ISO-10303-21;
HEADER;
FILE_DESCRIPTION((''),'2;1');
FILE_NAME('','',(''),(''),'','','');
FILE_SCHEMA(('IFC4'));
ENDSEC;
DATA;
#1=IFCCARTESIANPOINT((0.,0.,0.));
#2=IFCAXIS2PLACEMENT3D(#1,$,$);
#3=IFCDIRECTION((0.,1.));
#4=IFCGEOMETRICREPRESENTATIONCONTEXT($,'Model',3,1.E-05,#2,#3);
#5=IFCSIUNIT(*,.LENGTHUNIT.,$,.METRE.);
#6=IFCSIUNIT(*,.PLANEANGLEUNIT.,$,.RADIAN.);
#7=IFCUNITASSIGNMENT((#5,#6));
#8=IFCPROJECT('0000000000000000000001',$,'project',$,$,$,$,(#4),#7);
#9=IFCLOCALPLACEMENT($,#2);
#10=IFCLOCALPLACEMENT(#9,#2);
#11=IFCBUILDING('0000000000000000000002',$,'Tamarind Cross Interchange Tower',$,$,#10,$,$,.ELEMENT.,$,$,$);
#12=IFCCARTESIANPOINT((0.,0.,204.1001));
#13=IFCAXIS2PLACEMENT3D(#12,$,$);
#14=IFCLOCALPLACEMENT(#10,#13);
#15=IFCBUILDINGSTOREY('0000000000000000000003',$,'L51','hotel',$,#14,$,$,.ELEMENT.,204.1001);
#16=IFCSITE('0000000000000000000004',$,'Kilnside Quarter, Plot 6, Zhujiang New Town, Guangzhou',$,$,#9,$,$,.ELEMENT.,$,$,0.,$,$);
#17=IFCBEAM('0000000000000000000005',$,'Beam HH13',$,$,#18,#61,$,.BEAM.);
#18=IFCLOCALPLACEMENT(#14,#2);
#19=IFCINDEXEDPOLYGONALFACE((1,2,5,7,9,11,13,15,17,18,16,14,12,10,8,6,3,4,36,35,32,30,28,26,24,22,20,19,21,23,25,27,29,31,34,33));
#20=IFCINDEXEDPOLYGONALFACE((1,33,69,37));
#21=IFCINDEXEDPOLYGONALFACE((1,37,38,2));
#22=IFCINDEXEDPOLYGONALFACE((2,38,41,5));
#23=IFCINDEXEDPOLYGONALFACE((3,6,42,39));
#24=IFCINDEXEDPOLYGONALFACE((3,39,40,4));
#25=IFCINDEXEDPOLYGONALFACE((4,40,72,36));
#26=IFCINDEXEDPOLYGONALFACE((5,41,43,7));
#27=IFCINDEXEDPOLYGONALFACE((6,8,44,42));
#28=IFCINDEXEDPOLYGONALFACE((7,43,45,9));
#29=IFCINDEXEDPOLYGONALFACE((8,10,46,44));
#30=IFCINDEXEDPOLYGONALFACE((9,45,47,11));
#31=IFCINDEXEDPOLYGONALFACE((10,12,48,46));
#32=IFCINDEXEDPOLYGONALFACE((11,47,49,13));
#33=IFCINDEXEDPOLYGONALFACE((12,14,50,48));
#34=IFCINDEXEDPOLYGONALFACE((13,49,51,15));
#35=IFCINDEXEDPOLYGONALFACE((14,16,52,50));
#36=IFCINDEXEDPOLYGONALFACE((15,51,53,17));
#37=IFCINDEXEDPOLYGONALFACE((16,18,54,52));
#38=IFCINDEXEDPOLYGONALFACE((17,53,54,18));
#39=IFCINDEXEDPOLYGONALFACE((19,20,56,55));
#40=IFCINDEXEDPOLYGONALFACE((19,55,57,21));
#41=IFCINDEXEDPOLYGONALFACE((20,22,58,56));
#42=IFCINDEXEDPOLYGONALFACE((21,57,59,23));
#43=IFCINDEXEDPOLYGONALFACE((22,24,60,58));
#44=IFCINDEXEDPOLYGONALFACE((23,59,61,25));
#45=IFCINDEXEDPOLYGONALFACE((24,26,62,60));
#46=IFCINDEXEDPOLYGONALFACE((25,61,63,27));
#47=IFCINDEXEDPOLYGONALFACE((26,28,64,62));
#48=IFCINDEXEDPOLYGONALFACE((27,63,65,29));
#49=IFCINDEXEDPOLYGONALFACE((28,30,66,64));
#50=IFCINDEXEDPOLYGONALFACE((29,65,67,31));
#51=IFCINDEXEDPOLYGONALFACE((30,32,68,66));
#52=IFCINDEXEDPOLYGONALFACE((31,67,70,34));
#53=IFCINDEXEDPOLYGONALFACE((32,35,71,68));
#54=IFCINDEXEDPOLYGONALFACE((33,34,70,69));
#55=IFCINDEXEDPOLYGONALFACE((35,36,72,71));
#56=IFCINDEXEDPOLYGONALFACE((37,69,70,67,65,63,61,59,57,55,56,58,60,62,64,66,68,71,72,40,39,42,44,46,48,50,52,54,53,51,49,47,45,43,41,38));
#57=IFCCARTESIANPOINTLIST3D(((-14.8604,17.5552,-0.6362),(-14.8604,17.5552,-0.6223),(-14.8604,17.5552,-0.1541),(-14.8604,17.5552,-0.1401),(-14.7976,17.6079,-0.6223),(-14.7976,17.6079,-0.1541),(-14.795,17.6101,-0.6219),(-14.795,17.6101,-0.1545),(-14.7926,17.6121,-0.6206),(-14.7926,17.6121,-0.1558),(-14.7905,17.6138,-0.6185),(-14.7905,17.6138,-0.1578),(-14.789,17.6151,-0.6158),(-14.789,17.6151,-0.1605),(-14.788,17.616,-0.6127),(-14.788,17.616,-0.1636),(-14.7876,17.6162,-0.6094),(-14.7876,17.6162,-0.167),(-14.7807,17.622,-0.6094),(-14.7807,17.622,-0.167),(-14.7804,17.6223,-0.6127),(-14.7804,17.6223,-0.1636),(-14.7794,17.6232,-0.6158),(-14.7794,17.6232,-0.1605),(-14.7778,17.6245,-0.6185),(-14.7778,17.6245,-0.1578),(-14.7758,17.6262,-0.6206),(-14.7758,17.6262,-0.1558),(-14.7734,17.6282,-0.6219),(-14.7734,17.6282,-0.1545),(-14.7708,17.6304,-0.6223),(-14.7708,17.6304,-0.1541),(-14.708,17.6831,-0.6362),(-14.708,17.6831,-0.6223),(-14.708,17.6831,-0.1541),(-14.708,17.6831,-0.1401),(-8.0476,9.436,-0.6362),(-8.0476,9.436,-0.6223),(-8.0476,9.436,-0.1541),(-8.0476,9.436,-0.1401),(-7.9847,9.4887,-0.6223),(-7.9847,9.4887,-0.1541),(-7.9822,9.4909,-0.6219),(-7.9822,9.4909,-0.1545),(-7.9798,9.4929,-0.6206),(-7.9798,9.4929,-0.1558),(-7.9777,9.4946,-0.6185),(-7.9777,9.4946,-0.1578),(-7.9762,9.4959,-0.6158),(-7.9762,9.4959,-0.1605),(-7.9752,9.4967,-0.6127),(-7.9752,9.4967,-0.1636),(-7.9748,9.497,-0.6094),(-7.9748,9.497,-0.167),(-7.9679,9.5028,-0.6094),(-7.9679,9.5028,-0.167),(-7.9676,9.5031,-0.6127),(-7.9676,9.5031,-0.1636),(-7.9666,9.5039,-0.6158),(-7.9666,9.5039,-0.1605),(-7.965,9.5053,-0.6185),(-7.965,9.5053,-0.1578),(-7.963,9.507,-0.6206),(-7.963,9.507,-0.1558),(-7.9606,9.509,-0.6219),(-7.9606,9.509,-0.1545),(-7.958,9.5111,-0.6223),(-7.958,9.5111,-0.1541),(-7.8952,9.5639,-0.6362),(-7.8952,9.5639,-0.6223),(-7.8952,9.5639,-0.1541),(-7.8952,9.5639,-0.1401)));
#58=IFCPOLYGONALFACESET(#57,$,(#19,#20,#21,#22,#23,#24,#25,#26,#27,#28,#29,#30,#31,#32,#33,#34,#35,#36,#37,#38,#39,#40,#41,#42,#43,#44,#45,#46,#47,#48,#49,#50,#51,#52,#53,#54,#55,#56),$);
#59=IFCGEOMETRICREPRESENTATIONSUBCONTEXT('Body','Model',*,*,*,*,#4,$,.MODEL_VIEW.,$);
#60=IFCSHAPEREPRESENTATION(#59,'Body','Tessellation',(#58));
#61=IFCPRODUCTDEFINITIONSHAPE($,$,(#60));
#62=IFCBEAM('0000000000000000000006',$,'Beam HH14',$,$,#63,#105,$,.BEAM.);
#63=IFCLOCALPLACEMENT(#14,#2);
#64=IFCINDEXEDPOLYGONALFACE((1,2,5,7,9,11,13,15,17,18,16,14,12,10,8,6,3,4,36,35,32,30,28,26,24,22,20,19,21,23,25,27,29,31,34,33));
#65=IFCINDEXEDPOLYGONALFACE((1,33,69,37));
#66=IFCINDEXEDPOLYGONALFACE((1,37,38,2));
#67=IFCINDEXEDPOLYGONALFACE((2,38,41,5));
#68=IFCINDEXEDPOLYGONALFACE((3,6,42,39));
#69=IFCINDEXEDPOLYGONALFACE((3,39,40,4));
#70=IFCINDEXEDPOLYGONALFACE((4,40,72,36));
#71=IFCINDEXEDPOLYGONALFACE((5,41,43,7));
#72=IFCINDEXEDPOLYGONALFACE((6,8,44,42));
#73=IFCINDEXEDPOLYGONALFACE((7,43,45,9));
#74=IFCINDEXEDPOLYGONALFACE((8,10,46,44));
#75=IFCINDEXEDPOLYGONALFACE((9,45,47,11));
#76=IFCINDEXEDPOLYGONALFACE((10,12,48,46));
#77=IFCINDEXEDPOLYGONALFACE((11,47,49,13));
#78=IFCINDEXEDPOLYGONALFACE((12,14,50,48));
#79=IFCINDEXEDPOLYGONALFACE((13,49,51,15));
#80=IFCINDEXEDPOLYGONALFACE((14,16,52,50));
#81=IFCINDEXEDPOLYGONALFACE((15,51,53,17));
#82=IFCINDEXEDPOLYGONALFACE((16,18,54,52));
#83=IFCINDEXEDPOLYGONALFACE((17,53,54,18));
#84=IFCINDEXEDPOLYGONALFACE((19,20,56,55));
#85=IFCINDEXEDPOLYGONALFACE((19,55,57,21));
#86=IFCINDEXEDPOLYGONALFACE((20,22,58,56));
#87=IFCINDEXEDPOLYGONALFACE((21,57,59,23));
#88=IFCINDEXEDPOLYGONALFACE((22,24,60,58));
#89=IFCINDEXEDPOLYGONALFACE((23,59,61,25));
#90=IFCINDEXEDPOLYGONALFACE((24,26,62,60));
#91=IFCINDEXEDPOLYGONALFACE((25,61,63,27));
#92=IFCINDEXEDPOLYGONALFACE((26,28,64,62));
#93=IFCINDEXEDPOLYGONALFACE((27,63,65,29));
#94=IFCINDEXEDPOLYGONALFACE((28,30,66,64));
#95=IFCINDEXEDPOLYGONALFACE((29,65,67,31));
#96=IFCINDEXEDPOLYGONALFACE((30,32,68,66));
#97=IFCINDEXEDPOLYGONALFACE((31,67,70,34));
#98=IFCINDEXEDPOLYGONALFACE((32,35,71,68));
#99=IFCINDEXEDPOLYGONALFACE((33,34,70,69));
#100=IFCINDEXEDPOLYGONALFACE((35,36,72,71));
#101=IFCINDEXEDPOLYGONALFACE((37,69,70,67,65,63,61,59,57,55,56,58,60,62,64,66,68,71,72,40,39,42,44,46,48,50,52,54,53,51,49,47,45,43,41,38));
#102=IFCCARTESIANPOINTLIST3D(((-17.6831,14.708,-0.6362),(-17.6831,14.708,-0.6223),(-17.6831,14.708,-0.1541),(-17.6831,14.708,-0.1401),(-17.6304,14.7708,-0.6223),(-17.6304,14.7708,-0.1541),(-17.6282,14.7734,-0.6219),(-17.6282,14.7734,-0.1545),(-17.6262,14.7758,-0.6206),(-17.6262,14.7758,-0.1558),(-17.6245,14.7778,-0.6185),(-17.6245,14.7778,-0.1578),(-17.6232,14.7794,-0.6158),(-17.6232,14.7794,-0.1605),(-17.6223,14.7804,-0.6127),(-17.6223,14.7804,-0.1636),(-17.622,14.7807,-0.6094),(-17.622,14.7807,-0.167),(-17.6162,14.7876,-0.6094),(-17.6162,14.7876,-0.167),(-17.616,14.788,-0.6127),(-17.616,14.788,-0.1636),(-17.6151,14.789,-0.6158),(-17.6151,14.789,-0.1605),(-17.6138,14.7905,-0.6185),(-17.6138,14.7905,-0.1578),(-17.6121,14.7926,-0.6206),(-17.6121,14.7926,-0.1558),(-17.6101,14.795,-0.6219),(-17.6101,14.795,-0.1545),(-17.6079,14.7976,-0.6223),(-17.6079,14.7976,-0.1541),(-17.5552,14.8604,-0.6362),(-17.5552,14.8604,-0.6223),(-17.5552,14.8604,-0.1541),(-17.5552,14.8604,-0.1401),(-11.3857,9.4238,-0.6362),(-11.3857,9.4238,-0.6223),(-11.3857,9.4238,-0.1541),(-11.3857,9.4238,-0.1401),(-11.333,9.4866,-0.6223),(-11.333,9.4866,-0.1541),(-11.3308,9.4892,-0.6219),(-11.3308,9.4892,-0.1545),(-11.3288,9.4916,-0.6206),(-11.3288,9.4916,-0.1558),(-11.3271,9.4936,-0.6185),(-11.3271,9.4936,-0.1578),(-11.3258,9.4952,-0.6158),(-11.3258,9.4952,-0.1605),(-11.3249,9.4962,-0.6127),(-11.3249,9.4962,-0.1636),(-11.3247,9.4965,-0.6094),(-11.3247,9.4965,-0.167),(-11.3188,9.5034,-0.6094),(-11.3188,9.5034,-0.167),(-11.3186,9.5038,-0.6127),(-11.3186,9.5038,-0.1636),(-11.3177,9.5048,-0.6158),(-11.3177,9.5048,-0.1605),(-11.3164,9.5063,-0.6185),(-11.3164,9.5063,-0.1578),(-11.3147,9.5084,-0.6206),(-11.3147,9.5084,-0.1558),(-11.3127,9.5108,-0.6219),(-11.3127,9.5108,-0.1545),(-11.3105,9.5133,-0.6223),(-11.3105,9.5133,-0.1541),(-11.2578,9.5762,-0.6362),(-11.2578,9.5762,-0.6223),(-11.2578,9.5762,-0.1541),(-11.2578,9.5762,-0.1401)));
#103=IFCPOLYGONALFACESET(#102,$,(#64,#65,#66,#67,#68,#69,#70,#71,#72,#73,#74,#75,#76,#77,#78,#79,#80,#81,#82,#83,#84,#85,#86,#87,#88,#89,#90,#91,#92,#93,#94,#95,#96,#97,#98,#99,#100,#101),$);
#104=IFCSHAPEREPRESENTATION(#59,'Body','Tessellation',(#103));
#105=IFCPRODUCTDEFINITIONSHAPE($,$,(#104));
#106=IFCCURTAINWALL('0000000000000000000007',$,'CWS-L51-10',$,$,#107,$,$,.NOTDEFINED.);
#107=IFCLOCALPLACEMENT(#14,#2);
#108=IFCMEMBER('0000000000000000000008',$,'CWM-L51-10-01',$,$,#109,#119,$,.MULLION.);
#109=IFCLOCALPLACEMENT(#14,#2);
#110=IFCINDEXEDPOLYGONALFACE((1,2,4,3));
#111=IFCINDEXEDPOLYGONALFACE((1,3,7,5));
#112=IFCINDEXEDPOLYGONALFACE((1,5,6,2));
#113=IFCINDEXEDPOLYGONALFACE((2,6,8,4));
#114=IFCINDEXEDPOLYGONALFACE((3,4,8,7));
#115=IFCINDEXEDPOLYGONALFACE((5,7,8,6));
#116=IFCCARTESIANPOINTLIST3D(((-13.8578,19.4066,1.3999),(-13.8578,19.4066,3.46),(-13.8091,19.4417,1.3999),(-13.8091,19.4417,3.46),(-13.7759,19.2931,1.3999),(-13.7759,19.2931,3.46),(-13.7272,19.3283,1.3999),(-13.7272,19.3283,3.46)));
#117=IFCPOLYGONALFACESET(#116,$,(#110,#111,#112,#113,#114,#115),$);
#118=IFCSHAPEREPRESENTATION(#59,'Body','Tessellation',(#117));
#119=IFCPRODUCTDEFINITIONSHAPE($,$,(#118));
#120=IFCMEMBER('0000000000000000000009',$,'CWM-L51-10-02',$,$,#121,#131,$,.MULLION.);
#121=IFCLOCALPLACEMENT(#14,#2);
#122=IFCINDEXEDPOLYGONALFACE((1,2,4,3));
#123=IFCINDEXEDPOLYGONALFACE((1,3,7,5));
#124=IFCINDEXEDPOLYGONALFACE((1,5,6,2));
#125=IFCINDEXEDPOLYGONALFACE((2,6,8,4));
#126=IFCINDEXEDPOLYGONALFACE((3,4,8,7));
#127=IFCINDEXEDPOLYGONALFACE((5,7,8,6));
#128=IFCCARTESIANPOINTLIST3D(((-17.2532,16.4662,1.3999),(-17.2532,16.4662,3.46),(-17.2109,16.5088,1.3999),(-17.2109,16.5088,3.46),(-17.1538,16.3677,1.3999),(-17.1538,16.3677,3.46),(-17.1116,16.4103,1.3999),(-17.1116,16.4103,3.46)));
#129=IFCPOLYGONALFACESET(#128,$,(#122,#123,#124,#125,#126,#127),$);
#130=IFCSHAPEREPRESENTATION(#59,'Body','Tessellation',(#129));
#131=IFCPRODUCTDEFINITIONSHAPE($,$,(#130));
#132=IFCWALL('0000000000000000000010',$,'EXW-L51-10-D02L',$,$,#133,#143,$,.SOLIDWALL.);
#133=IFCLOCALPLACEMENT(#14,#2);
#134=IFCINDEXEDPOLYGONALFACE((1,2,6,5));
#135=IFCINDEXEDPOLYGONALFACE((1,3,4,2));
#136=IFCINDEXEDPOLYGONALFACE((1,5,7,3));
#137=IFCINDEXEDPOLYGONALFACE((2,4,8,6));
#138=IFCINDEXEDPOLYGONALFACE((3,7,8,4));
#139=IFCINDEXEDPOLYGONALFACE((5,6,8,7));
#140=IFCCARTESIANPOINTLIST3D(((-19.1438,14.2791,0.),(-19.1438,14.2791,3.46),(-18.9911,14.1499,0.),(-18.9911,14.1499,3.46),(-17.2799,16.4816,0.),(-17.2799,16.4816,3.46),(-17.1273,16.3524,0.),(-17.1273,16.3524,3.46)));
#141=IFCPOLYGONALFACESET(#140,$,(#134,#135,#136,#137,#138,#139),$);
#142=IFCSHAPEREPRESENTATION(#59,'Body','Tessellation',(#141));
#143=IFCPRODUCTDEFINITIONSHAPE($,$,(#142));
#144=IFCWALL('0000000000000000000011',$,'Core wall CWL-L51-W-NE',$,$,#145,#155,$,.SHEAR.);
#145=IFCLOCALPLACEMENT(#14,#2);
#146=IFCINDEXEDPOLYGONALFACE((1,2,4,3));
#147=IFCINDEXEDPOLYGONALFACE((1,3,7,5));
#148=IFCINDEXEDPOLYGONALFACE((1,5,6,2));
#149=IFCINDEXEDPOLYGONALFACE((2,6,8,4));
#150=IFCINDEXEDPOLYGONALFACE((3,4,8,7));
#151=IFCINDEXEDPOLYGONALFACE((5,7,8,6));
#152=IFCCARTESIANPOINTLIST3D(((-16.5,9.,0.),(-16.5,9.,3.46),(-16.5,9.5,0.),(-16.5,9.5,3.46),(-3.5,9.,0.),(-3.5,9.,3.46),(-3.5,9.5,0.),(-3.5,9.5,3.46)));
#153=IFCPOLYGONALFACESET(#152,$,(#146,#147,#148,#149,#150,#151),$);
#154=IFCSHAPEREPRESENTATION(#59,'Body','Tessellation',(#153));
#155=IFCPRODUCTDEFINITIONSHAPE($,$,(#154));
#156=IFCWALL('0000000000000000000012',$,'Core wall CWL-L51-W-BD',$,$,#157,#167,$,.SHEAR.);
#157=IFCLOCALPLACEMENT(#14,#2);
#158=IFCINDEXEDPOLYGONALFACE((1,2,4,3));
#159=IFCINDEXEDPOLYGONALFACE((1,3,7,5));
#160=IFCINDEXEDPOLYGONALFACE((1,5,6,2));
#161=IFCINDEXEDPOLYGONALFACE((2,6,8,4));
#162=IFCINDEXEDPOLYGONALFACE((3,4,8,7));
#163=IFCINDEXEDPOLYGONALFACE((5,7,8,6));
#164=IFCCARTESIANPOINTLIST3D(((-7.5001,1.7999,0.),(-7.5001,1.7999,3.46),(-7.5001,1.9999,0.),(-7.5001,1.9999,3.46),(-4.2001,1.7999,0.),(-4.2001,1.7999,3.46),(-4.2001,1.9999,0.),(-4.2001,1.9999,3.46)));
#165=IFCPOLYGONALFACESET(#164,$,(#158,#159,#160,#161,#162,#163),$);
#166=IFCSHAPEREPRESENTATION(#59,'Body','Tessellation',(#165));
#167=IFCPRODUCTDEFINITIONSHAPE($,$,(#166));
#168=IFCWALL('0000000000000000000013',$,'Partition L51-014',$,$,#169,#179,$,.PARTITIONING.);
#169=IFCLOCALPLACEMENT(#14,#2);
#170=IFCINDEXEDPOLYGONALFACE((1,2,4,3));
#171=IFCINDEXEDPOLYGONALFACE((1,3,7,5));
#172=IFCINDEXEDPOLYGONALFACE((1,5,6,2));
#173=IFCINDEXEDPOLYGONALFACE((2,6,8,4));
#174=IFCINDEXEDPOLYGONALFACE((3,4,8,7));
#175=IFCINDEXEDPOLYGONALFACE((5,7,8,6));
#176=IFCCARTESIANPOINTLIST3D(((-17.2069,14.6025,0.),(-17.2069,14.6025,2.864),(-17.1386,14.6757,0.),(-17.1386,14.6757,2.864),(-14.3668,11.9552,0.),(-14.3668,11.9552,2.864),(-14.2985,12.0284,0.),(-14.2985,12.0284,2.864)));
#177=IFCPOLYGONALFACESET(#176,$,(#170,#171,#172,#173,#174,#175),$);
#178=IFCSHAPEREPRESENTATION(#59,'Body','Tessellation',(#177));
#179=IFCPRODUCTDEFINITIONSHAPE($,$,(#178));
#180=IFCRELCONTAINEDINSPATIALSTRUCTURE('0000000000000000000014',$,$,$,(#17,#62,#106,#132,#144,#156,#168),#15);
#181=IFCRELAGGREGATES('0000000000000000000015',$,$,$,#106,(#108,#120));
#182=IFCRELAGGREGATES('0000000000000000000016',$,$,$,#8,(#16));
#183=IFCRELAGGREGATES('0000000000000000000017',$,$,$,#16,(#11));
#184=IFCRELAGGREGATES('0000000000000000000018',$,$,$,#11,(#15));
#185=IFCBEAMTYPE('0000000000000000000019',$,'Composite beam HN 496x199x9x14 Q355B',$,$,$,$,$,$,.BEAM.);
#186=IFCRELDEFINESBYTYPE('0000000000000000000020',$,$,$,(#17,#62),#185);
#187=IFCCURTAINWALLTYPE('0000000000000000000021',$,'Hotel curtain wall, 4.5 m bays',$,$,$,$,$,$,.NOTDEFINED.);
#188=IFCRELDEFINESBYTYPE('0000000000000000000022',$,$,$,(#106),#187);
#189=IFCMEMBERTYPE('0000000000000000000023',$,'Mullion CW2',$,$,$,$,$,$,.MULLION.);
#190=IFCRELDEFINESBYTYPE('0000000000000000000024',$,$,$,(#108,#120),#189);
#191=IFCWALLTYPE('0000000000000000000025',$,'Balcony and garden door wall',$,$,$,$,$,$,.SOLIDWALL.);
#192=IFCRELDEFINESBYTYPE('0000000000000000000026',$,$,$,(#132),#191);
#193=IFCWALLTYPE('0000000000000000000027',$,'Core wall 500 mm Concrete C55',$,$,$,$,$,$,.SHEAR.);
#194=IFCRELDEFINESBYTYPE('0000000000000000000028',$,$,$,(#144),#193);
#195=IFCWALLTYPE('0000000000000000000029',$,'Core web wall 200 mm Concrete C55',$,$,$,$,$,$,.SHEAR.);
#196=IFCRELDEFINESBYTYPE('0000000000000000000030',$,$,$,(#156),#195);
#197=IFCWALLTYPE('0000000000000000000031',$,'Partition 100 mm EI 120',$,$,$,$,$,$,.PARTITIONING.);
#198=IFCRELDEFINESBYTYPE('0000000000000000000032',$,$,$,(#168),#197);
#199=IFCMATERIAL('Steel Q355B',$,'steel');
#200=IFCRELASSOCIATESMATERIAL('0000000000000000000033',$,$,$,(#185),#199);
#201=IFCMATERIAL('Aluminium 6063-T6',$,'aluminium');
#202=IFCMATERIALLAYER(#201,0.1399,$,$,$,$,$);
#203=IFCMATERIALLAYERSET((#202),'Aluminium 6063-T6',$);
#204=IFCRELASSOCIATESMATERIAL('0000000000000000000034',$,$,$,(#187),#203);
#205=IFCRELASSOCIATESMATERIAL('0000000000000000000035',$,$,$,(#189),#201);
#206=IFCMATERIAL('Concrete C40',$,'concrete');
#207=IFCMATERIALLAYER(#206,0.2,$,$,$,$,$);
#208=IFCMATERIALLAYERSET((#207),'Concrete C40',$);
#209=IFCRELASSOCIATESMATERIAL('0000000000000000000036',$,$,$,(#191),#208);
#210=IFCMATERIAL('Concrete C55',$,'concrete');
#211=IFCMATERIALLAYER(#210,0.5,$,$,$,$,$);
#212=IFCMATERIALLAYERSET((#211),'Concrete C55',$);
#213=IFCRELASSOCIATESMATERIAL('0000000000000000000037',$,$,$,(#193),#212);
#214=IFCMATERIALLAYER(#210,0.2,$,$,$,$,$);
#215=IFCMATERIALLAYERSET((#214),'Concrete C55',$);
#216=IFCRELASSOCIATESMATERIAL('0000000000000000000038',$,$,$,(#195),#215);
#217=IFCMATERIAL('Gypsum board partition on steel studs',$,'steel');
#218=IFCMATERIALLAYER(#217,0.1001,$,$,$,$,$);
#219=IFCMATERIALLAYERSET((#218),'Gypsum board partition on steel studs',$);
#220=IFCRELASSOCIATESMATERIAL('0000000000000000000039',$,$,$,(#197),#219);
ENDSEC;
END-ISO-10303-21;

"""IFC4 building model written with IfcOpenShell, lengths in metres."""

from ifc_helpers import new_model, si_unit, direction, frame, frame_2d, origin, origin_2d, place, context, subcontext, project, spatial, rectangle, i_section, extrude, material, layer, layer_set, material_profile, profile_set, type_object, element, aggregate, save


model = new_model("IFC4")

# Units and contexts
model_context = context("Model", 3, precision=1e-05, world=origin(), true_north=direction((0.0, 1.0)))
body_context = subcontext(model_context, "Body", "Model", "MODEL_VIEW")
ifc_project = project(units=[si_unit("LENGTHUNIT", "METRE"), si_unit("PLANEANGLEUNIT", "RADIAN")], contexts=[model_context])

# Site, building, storey
site_placement = place(None, origin())
site = spatial("IfcSite", under=ifc_project, at=site_placement, Name="Kilnside Quarter, Plot 6, Zhujiang New Town, Guangzhou", CompositionType="ELEMENT", RefElevation=0.0)
building_placement = place(site_placement, origin())
building = spatial("IfcBuilding", under=site, at=building_placement, Name="Tamarind Cross Interchange Tower", CompositionType="ELEMENT")
storey_placement = place(building_placement, frame((0.0, 0.0, 204.1001)))
storey = spatial("IfcBuildingStorey", under=building, at=storey_placement, Name="L51", Description="hotel", CompositionType="ELEMENT", Elevation=204.1001)

# Shared definitions
ifc_material_1 = material(Name="Concrete C55", Category="concrete")

# Beams
ifc_material_2 = material(Name="Steel Q355B", Category="steel")
ifc_material_profile_1 = material_profile(ifc_material_2, i_section(OverallWidth=0.199, OverallDepth=0.4961, WebThickness=0.009, FlangeThickness=0.0139, FilletRadius=0.0129, at=origin_2d()), Name="HN 496x199x9x14")
ifc_profile_set_1 = profile_set([ifc_material_profile_1], Name="Steel Q355B")
beam_type = type_object("IfcBeamType", Name="Composite beam HN 496x199x9x14 Q355B", PredefinedType="BEAM", material=ifc_profile_set_1)
beam_1_placement = place(storey_placement, frame((-14.7842, 17.6191, -0.3882), z_axis=(0.642786, -0.766046, 0.0), x_axis=(0.766046, 0.642786, 0.0)))
element("IfcBeam", 1, at=beam_1_placement, inside=storey, type_object=beam_type, Name="Beam HH13", PredefinedType="BEAM", context=body_context, shape_type="SweptSolid", body=[
    extrude(i_section(OverallWidth=0.199, OverallDepth=0.4961, WebThickness=0.009, FlangeThickness=0.0139, FilletRadius=0.0129, at=origin_2d()), origin(), (0.0, 0.0, 1.0), 10.5989),
])
beam_2_placement = place(storey_placement, frame((-17.6191, 14.7842, -0.3882), z_axis=(0.766041, -0.642792, 0.0), x_axis=(0.642792, 0.766041, 0.0)))
element("IfcBeam", 2, at=beam_2_placement, inside=storey, type_object=beam_type, Name="Beam HH14", PredefinedType="BEAM", context=body_context, shape_type="SweptSolid", body=[
    extrude(i_section(OverallWidth=0.199, OverallDepth=0.4961, WebThickness=0.009, FlangeThickness=0.0139, FilletRadius=0.0129, at=origin_2d()), origin(), (0.0, 0.0, 1.0), 8.2207),
])

# Curtain wall, members
ifc_material_3 = material(Name="Aluminium 6063-T6", Category="aluminium")
ifc_layer_1 = layer(ifc_material_3, 0.1399)
ifc_layer_set_1 = layer_set([ifc_layer_1], Name="Aluminium 6063-T6")
curtain_wall_type = type_object("IfcCurtainWallType", Name="Hotel curtain wall, 4.5 m bays", PredefinedType="NOTDEFINED", material=ifc_layer_set_1)
curtain_wall_placement = place(storey_placement, origin())
curtain_wall = element("IfcCurtainWall", 3, at=curtain_wall_placement, inside=storey, type_object=curtain_wall_type, Name="CWS-L51-10", PredefinedType="NOTDEFINED")
ifc_material_profile_2 = material_profile(ifc_material_3, rectangle(XDim=0.0601, YDim=0.1399, at=origin_2d()), Name="Mullion CW2")
ifc_profile_set_2 = profile_set([ifc_material_profile_2], Name="Aluminium 6063-T6")
member_type = type_object("IfcMemberType", Name="Mullion CW2", PredefinedType="MULLION", material=ifc_profile_set_2)
member_1_placement = place(storey_placement, frame((-13.7925, 19.3674, 1.3999), z_axis=(0.0, 0.0, 1.0), x_axis=(-0.810889, -0.5852, 0.0)))
member_1 = element("IfcMember", 4, at=member_1_placement, type_object=member_type, Name="CWM-L51-10-01", PredefinedType="MULLION", context=body_context, shape_type="SweptSolid", body=[
    extrude(rectangle(XDim=0.0601, YDim=0.1399, at=origin_2d()), origin(), (0.0, 0.0, 1.0), 2.0601),
])
member_2_placement = place(storey_placement, frame((-17.1824, 16.4382, 1.3999), z_axis=(0.0, 0.0, 1.0), x_axis=(-0.704057, -0.710143, 0.0)))
member_2 = element("IfcMember", 5, at=member_2_placement, type_object=member_type, Name="CWM-L51-10-02", PredefinedType="MULLION", context=body_context, shape_type="SweptSolid", body=[
    extrude(rectangle(XDim=0.0601, YDim=0.1399, at=origin_2d()), origin(), (0.0, 0.0, 1.0), 2.0601),
])
aggregate(curtain_wall, [member_1, member_2])

# Walls
ifc_material_4 = material(Name="Concrete C40", Category="concrete")
ifc_layer_2 = layer(ifc_material_4, 0.2)
ifc_layer_set_2 = layer_set([ifc_layer_2], Name="Concrete C40")
wall_type_1 = type_object("IfcWallType", Name="Balcony and garden door wall", PredefinedType="SOLIDWALL", material=ifc_layer_set_2)
wall_1_placement = place(storey_placement, frame((-17.2036, 16.417, 0.0), z_axis=(0.0, 0.0, 1.0), x_axis=(-0.645984, -0.763351, 0.0)))
element("IfcWall", 6, at=wall_1_placement, inside=storey, type_object=wall_type_1, Name="EXW-L51-10-D02L", PredefinedType="SOLIDWALL", context=body_context, shape_type="SweptSolid", body=[
    extrude(rectangle(XDim=2.8853, YDim=0.2, at=frame_2d((1.4426, 0.0))), origin(), (0.0, 0.0, 1.0), 3.46),
])
ifc_layer_3 = layer(ifc_material_1, 0.5)
ifc_layer_set_3 = layer_set([ifc_layer_3], Name="Concrete C55")
wall_type_2 = type_object("IfcWallType", Name="Core wall 500 mm Concrete C55", PredefinedType="SHEAR", material=ifc_layer_set_3)
wall_2_placement = place(storey_placement, frame((-16.5, 9.25, 0.0), z_axis=(0.0, 0.0, 1.0), x_axis=(1.0, 0.0, 0.0)))
element("IfcWall", 7, at=wall_2_placement, inside=storey, type_object=wall_type_2, Name="Core wall CWL-L51-W-NE", PredefinedType="SHEAR", context=body_context, shape_type="SweptSolid", body=[
    extrude(rectangle(XDim=13.0, YDim=0.5, at=frame_2d((6.5, 0.0))), origin(), (0.0, 0.0, 1.0), 3.46),
])
ifc_layer_4 = layer(ifc_material_1, 0.2)
ifc_layer_set_4 = layer_set([ifc_layer_4], Name="Concrete C55")
wall_type_3 = type_object("IfcWallType", Name="Core web wall 200 mm Concrete C55", PredefinedType="SHEAR", material=ifc_layer_set_4)
wall_3_placement = place(storey_placement, frame((-7.5, 1.8999, 0.0), z_axis=(0.0, 0.0, 1.0), x_axis=(1.0, 0.0, 0.0)))
element("IfcWall", 8, at=wall_3_placement, inside=storey, type_object=wall_type_3, Name="Core wall CWL-L51-W-BD", PredefinedType="SHEAR", context=body_context, shape_type="SweptSolid", body=[
    extrude(rectangle(XDim=3.3, YDim=0.2, at=frame_2d((1.6499, 0.0))), origin(), (0.0, 0.0, 1.0), 3.46),
])
ifc_material_5 = material(Name="Gypsum board partition on steel studs", Category="steel")
ifc_layer_5 = layer(ifc_material_5, 0.1001)
ifc_layer_set_5 = layer_set([ifc_layer_5], Name="Gypsum board partition on steel studs")
wall_type_4 = type_object("IfcWallType", Name="Partition 100 mm EI 120", PredefinedType="PARTITIONING", material=ifc_layer_set_5)
wall_4_placement = place(storey_placement, frame((-17.1729, 14.6392, 0.0), z_axis=(0.0, 0.0, 1.0), x_axis=(0.731509, -0.681832, 0.0)))
element("IfcWall", 9, at=wall_4_placement, inside=storey, type_object=wall_type_4, Name="Partition L51-014", PredefinedType="PARTITIONING", context=body_context, shape_type="SweptSolid", body=[
    extrude(rectangle(XDim=3.8826, YDim=0.1001, at=frame_2d((1.9414, 0.0))), origin(), (0.0, 0.0, 1.0), 2.864),
])

save(model, "model.ifc")
